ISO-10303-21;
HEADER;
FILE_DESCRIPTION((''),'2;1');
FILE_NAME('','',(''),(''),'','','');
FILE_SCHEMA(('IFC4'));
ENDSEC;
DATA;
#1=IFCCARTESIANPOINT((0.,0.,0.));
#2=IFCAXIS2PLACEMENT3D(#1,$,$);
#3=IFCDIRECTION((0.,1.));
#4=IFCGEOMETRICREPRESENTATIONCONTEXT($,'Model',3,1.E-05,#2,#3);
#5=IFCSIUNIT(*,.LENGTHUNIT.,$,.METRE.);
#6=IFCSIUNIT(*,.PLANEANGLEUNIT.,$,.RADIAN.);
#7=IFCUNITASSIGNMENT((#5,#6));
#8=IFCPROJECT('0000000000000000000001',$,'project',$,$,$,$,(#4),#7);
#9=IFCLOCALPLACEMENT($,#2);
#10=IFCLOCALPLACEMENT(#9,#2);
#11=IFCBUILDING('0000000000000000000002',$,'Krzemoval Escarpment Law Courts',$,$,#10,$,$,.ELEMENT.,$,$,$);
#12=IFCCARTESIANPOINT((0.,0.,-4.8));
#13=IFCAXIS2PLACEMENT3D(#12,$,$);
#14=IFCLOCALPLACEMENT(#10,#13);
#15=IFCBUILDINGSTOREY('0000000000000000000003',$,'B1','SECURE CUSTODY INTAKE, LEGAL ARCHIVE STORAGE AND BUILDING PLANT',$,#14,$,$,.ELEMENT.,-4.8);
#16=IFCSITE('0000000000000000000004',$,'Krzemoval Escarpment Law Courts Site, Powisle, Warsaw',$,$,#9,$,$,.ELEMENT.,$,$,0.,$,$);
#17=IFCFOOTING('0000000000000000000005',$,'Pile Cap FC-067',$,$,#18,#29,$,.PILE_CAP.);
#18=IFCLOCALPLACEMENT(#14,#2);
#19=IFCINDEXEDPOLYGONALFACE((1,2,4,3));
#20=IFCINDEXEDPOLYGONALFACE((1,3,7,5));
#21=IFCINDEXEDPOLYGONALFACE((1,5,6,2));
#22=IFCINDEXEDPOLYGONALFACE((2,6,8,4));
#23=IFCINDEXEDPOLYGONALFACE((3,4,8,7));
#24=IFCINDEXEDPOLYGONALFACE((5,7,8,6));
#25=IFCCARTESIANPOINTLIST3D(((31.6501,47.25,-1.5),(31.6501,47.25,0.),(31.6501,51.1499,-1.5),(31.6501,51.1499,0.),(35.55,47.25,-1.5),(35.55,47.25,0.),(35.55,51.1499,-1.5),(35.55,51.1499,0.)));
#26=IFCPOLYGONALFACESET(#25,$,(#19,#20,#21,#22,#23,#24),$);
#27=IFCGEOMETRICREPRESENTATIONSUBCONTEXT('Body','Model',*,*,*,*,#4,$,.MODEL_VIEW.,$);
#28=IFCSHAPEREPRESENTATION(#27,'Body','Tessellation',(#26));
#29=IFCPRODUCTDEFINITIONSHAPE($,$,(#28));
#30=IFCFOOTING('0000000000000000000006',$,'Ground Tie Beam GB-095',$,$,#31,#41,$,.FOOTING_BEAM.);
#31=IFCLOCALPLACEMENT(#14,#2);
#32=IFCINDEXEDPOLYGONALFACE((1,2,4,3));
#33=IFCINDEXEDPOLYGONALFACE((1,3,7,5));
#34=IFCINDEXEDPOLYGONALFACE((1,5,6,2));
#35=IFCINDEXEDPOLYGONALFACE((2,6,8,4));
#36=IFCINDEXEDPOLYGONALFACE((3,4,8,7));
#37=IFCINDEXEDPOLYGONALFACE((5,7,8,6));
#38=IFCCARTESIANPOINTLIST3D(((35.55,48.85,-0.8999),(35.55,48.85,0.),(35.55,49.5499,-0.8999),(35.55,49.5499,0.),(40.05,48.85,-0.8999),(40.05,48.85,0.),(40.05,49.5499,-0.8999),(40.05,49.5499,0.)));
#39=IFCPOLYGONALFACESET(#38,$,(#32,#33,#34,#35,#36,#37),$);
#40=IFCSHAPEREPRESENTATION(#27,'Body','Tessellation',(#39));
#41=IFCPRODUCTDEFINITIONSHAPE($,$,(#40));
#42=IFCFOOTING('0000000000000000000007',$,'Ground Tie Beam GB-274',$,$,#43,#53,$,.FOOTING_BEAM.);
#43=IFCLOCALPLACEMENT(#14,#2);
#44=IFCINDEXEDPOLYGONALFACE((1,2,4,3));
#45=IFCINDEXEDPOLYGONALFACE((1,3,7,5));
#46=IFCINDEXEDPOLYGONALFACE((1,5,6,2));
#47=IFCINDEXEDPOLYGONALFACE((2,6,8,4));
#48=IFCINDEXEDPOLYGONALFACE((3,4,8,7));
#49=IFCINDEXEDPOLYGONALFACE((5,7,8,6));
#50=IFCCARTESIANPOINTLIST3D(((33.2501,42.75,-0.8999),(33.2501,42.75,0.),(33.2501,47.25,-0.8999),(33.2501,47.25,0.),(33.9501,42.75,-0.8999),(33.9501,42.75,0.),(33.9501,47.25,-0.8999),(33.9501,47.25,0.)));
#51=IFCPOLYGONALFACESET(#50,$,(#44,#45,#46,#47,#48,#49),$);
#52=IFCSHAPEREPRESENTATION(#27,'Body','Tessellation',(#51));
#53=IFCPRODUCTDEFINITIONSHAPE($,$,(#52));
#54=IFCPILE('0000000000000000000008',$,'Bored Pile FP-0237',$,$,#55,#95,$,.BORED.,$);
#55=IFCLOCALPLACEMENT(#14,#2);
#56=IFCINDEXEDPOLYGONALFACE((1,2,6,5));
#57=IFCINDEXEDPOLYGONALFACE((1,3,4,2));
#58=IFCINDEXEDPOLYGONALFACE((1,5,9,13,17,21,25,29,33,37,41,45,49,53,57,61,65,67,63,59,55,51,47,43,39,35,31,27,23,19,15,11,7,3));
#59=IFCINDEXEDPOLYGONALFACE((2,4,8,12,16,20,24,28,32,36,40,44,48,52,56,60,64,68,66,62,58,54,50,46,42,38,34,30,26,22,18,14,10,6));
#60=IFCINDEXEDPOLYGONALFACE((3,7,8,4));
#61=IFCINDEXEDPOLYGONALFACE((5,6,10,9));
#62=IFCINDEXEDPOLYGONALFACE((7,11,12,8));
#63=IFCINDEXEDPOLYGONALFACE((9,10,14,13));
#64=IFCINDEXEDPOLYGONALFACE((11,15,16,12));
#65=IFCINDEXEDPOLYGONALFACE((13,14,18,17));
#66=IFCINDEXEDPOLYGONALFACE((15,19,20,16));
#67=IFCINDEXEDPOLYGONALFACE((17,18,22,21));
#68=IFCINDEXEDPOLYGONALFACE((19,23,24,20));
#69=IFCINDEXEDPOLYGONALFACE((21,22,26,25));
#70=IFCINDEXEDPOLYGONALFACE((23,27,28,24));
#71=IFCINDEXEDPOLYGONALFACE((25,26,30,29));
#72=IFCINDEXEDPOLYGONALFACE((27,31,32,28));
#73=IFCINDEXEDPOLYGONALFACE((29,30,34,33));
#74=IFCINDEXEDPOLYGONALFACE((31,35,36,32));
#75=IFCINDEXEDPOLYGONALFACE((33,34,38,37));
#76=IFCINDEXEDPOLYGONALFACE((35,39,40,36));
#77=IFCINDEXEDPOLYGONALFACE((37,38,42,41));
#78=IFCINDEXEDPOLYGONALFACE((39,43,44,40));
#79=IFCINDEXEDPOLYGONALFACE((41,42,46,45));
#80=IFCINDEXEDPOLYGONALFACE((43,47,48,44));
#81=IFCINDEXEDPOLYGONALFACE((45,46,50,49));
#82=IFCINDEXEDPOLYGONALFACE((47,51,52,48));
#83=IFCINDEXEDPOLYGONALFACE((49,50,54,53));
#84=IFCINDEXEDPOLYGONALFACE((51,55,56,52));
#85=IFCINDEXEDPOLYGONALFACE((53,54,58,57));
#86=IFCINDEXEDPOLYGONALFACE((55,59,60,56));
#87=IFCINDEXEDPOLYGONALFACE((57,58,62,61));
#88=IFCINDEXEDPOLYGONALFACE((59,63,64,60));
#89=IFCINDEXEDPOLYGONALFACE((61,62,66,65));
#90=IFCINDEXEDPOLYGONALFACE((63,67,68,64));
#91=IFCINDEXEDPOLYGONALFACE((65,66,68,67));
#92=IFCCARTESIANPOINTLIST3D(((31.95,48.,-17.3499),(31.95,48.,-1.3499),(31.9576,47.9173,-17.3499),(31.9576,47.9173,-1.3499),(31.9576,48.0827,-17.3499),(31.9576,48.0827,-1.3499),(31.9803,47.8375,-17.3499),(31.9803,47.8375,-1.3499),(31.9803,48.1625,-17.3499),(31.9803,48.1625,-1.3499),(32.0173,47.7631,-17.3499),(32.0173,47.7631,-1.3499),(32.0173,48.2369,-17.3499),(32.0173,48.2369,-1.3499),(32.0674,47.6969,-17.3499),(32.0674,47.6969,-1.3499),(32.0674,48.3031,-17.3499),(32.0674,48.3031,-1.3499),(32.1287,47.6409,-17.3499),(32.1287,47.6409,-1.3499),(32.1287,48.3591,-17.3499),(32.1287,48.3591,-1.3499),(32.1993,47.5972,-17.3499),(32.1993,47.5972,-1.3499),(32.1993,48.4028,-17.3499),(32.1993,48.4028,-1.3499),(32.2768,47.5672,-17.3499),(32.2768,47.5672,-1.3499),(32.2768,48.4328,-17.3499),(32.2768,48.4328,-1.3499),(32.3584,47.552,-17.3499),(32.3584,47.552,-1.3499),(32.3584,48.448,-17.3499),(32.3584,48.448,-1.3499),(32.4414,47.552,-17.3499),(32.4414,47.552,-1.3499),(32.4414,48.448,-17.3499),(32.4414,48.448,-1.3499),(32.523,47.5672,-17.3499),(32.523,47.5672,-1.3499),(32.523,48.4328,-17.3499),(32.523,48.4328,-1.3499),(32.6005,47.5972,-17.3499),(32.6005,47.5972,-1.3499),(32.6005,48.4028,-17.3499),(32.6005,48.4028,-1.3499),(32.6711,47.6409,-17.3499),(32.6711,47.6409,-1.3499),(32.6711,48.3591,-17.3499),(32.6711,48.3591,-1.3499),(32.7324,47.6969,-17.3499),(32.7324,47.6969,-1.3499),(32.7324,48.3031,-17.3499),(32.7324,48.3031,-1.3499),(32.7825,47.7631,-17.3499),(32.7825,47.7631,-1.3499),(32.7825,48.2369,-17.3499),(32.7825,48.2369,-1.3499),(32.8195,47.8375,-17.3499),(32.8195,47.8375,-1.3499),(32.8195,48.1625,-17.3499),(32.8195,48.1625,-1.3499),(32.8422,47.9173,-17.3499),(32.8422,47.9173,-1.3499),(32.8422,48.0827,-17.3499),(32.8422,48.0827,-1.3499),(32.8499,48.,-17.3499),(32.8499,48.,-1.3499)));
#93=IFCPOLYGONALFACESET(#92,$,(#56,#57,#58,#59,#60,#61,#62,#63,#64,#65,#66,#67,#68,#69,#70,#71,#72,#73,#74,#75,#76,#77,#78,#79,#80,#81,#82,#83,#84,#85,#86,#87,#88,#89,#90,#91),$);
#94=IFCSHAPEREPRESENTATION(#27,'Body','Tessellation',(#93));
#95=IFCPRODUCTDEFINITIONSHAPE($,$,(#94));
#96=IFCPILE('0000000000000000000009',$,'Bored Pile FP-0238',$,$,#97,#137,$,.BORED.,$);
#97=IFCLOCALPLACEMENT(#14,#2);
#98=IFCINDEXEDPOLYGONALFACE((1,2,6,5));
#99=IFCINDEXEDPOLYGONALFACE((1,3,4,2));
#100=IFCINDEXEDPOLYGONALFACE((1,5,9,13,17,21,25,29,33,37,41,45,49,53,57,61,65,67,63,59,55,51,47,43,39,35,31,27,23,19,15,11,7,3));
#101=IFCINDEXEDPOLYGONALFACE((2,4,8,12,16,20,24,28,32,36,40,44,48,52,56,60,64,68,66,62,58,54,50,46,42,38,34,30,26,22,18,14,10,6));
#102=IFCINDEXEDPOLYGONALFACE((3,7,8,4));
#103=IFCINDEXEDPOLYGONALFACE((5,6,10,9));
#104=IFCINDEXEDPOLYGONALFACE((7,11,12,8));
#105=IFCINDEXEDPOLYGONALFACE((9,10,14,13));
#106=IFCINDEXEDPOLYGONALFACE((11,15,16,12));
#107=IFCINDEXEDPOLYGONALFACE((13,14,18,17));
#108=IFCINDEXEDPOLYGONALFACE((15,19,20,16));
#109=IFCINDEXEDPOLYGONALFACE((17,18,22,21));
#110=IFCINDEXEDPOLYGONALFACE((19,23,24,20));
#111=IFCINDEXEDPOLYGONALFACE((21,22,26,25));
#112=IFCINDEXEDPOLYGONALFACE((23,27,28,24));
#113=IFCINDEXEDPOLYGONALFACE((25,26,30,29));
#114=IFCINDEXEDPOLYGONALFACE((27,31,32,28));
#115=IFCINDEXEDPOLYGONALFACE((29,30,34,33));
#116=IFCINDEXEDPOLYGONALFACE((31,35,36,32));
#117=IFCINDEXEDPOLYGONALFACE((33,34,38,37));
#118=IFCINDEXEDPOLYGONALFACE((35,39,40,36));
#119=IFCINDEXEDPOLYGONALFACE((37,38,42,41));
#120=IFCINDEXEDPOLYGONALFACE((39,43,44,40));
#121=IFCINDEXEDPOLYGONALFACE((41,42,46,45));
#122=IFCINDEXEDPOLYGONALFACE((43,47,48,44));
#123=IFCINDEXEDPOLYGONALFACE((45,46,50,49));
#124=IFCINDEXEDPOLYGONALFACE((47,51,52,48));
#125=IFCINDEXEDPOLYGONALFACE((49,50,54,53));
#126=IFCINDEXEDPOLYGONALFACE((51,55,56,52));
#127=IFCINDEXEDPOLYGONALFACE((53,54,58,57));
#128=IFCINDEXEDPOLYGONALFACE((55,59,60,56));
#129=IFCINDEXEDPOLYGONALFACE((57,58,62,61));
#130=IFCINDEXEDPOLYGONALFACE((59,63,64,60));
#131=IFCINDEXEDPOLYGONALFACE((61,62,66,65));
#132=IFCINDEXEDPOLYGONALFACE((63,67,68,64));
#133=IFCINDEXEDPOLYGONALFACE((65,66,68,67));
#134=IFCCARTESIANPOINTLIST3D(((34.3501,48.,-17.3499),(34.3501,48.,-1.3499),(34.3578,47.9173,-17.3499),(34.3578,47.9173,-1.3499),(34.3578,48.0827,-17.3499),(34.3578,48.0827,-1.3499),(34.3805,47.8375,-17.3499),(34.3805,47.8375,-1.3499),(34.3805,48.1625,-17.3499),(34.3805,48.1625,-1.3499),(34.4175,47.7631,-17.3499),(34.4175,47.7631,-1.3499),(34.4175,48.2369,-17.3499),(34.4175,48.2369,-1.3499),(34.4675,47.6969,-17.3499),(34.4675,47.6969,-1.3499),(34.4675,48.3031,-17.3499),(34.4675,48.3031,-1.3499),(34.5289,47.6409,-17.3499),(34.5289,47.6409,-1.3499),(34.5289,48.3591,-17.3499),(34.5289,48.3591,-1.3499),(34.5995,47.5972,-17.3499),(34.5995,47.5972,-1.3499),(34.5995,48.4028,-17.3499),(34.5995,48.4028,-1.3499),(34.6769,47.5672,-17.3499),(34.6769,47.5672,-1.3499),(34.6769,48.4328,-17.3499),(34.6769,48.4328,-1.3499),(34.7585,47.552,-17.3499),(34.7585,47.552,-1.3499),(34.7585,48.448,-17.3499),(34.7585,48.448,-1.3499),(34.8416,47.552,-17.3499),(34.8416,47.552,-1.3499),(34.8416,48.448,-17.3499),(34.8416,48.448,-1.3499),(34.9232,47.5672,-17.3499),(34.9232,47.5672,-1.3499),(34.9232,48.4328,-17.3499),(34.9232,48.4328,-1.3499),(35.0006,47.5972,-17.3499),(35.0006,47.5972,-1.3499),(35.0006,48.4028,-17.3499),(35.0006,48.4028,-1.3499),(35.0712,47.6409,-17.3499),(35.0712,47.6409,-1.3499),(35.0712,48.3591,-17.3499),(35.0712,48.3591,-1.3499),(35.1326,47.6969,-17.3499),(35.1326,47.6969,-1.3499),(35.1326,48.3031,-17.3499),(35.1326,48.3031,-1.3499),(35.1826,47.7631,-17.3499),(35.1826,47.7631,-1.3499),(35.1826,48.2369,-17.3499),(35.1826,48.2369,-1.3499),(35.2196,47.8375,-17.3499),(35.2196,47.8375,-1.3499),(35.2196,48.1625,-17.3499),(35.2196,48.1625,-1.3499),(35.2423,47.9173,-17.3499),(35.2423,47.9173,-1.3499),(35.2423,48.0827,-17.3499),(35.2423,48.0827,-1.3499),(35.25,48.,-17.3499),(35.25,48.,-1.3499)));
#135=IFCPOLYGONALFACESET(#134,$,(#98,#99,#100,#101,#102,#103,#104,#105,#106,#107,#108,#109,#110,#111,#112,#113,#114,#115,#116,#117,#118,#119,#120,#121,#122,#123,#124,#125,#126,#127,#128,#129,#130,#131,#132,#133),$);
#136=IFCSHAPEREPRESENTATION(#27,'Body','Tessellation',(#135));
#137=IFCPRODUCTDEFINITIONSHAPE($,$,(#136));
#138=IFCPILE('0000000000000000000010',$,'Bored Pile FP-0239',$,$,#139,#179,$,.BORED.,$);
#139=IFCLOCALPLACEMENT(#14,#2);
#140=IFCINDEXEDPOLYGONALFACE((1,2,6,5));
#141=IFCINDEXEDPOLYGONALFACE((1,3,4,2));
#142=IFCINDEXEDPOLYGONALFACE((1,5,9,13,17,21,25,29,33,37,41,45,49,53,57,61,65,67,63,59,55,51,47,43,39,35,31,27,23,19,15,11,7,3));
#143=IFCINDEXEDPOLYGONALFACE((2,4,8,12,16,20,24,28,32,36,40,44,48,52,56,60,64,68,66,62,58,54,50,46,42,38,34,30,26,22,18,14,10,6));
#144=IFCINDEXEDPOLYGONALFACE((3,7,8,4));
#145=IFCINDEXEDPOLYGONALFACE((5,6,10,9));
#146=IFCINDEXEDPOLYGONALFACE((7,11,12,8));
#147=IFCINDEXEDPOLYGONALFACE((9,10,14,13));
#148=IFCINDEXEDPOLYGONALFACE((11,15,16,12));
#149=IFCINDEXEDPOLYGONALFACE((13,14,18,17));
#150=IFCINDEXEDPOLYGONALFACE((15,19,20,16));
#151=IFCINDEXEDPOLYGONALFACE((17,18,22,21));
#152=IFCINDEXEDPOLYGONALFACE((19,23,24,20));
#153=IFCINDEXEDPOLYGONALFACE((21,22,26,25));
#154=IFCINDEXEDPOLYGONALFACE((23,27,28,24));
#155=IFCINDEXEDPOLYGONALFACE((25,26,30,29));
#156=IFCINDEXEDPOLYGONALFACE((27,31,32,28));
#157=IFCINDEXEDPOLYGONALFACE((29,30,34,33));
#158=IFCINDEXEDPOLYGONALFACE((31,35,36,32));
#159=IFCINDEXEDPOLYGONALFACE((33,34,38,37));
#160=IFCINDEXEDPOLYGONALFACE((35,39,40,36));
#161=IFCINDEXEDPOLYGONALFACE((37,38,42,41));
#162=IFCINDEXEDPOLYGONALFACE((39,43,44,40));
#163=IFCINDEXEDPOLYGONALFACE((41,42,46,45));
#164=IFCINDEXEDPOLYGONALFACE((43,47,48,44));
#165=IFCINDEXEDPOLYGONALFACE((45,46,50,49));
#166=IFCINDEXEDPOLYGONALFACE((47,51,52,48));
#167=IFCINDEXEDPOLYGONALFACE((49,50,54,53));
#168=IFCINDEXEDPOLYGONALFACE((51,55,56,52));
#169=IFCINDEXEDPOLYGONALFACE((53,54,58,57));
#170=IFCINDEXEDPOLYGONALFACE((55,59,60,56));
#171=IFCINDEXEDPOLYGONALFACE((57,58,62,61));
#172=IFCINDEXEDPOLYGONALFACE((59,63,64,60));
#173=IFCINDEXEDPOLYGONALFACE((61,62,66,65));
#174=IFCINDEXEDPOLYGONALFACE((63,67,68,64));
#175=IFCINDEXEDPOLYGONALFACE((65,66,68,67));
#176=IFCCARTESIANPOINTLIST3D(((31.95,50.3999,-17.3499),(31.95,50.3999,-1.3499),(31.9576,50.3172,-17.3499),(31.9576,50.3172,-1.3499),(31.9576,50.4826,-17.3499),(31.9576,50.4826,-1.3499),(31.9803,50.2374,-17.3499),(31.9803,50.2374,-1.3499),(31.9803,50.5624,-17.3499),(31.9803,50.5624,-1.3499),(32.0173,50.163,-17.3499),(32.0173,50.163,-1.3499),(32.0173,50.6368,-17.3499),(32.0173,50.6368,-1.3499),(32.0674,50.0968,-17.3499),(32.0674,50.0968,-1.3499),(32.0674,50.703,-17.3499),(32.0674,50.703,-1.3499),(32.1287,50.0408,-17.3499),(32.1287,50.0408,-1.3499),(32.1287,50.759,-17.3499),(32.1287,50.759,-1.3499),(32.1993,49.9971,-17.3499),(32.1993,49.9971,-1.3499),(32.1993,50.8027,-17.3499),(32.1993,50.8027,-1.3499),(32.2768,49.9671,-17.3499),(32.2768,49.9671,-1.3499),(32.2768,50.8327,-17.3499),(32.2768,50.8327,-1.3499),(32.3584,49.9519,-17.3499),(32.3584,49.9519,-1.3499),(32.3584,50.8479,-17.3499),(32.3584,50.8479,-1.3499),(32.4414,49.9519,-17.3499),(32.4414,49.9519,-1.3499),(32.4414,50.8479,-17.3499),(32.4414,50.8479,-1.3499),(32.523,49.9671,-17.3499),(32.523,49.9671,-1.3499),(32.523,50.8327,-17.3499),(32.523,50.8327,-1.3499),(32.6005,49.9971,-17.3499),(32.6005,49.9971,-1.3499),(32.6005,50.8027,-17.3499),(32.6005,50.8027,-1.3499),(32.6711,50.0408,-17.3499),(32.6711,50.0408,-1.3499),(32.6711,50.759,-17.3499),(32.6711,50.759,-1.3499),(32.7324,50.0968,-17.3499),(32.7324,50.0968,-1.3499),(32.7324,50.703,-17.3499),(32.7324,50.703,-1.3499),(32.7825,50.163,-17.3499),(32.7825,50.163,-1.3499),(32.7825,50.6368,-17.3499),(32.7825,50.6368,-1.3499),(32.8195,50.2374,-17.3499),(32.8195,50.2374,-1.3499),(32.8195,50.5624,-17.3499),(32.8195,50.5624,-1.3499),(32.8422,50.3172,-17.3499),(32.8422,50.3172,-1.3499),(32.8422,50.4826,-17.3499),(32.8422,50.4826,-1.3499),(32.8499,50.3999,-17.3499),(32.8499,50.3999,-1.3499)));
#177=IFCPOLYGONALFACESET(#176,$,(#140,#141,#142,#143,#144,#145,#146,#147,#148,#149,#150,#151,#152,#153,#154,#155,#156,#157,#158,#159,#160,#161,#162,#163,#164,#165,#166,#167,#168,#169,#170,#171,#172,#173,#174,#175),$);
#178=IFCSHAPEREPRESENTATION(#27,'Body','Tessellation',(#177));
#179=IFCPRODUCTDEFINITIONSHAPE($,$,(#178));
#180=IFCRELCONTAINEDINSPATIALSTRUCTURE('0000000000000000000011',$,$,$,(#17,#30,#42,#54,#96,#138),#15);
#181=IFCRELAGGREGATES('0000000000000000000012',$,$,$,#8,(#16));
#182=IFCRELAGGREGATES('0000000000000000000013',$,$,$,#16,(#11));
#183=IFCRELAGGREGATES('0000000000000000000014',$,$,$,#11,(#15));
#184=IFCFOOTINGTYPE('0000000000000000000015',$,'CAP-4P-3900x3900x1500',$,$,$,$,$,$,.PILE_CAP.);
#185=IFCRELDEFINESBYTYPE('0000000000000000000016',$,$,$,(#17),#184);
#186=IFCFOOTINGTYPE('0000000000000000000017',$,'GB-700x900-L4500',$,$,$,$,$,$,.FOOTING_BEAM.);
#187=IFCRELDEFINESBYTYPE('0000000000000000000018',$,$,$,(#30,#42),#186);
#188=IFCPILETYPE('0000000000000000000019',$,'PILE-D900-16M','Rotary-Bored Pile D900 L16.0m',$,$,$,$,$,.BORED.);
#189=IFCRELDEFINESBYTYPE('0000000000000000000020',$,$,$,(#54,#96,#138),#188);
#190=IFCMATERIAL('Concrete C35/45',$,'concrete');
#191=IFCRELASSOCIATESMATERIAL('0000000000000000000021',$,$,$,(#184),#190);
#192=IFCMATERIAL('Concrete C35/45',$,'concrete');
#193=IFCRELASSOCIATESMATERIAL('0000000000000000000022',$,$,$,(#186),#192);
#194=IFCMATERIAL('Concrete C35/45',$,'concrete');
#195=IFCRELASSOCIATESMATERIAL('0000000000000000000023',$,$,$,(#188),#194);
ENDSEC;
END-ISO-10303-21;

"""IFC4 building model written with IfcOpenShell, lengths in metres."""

from ifc_helpers import new_model, si_unit, direction, frame, origin, origin_2d, place, context, subcontext, project, spatial, rectangle, circle, extrude, material, material_profile, profile_set, type_object, element, save


model = new_model("IFC4")

# Units and contexts
model_context = context("Model", 3, precision=1e-05, world=origin(), true_north=direction((0.0, 1.0)))
body_context = subcontext(model_context, "Body", "Model", "MODEL_VIEW")
ifc_project = project(units=[si_unit("LENGTHUNIT", "METRE"), si_unit("PLANEANGLEUNIT", "RADIAN")], contexts=[model_context])

# Site, building, storey
site_placement = place(None, origin())
site = spatial("IfcSite", under=ifc_project, at=site_placement, Name="Krzemoval Escarpment Law Courts Site, Powisle, Warsaw", CompositionType="ELEMENT", RefElevation=0.0)
building_placement = place(site_placement, origin())
building = spatial("IfcBuilding", under=site, at=building_placement, Name="Krzemoval Escarpment Law Courts", CompositionType="ELEMENT")
storey_placement = place(building_placement, frame((0.0, 0.0, -4.8)))
storey = spatial("IfcBuildingStorey", under=building, at=storey_placement, Name="B1", Description="SECURE CUSTODY INTAKE, LEGAL ARCHIVE STORAGE AND BUILDING PLANT", CompositionType="ELEMENT", Elevation=-4.8)

# Footings
ifc_material_1 = material(Name="Concrete C35/45", Category="concrete")
footing_type_1 = type_object("IfcFootingType", Name="CAP-4P-3900x3900x1500", PredefinedType="PILE_CAP", material=ifc_material_1)
footing_1_placement = place(storey_placement, frame((33.6001, 49.2, -1.5), z_axis=(0.0, 0.0, 1.0), x_axis=(1.0, 0.0, 0.0)))
element("IfcFooting", 1, at=footing_1_placement, inside=storey, type_object=footing_type_1, Name="Pile Cap FC-067", PredefinedType="PILE_CAP", context=body_context, shape_type="SweptSolid", body=[
    extrude(rectangle(XDim=3.8999, YDim=3.8999, at=origin_2d()), origin(), (0.0, 0.0, 1.0), 1.5),
])
ifc_material_2 = material(Name="Concrete C35/45", Category="concrete")
footing_type_2 = type_object("IfcFootingType", Name="GB-700x900-L4500", PredefinedType="FOOTING_BEAM", material=ifc_material_2)
for number, where, z_axis, x_axis, name in (
    (2, (37.8, 49.2, -0.8999), (0.0, 0.0, 1.0), (1.0, 0.0, 0.0), "Ground Tie Beam GB-095"),
    (3, (33.6001, 45.0, -0.8999), (0.0, 0.0, 1.0), (0.0, 1.0, 0.0), "Ground Tie Beam GB-274"),
):
    element("IfcFooting", number, at=place(storey_placement, frame(where, z_axis=z_axis, x_axis=x_axis)), inside=storey, type_object=footing_type_2, Name=name, PredefinedType="FOOTING_BEAM", context=body_context, shape_type="SweptSolid", body=[
        extrude(rectangle(XDim=4.5, YDim=0.7, at=origin_2d()), origin(), (0.0, 0.0, 1.0), 0.8999),
    ])

# Piles
ifc_material_3 = material(Name="Concrete C35/45", Category="concrete")
ifc_material_profile_1 = material_profile(ifc_material_3, circle(Radius=0.45, at=origin_2d()), Name="PILE D900")
ifc_profile_set_1 = profile_set([ifc_material_profile_1], Name="Concrete C35/45")
pile_type = type_object("IfcPileType", Name="PILE-D900-16M", Description="Rotary-Bored Pile D900 L16.0m", PredefinedType="BORED", material=ifc_profile_set_1)
for number, where, z_axis, x_axis, name in (
    (4, (32.3999, 48.0, -1.3499), (0.0, 0.0, -1.0), (1.0, 0.0, 0.0), "Bored Pile FP-0237"),
    (5, (34.8, 48.0, -1.3499), (0.0, 0.0, -1.0), (1.0, 0.0, 0.0), "Bored Pile FP-0238"),
    (6, (32.3999, 50.3999, -1.3499), (0.0, 0.0, -1.0), (1.0, 0.0, 0.0), "Bored Pile FP-0239"),
):
    element("IfcPile", number, at=place(storey_placement, frame(where, z_axis=z_axis, x_axis=x_axis)), inside=storey, type_object=pile_type, Name=name, PredefinedType="BORED", context=body_context, shape_type="SweptSolid", body=[
        extrude(circle(Radius=0.45, at=origin_2d()), origin(), (0.0, 0.0, 1.0), 16.0),
    ])

save(model, "model.ifc")
